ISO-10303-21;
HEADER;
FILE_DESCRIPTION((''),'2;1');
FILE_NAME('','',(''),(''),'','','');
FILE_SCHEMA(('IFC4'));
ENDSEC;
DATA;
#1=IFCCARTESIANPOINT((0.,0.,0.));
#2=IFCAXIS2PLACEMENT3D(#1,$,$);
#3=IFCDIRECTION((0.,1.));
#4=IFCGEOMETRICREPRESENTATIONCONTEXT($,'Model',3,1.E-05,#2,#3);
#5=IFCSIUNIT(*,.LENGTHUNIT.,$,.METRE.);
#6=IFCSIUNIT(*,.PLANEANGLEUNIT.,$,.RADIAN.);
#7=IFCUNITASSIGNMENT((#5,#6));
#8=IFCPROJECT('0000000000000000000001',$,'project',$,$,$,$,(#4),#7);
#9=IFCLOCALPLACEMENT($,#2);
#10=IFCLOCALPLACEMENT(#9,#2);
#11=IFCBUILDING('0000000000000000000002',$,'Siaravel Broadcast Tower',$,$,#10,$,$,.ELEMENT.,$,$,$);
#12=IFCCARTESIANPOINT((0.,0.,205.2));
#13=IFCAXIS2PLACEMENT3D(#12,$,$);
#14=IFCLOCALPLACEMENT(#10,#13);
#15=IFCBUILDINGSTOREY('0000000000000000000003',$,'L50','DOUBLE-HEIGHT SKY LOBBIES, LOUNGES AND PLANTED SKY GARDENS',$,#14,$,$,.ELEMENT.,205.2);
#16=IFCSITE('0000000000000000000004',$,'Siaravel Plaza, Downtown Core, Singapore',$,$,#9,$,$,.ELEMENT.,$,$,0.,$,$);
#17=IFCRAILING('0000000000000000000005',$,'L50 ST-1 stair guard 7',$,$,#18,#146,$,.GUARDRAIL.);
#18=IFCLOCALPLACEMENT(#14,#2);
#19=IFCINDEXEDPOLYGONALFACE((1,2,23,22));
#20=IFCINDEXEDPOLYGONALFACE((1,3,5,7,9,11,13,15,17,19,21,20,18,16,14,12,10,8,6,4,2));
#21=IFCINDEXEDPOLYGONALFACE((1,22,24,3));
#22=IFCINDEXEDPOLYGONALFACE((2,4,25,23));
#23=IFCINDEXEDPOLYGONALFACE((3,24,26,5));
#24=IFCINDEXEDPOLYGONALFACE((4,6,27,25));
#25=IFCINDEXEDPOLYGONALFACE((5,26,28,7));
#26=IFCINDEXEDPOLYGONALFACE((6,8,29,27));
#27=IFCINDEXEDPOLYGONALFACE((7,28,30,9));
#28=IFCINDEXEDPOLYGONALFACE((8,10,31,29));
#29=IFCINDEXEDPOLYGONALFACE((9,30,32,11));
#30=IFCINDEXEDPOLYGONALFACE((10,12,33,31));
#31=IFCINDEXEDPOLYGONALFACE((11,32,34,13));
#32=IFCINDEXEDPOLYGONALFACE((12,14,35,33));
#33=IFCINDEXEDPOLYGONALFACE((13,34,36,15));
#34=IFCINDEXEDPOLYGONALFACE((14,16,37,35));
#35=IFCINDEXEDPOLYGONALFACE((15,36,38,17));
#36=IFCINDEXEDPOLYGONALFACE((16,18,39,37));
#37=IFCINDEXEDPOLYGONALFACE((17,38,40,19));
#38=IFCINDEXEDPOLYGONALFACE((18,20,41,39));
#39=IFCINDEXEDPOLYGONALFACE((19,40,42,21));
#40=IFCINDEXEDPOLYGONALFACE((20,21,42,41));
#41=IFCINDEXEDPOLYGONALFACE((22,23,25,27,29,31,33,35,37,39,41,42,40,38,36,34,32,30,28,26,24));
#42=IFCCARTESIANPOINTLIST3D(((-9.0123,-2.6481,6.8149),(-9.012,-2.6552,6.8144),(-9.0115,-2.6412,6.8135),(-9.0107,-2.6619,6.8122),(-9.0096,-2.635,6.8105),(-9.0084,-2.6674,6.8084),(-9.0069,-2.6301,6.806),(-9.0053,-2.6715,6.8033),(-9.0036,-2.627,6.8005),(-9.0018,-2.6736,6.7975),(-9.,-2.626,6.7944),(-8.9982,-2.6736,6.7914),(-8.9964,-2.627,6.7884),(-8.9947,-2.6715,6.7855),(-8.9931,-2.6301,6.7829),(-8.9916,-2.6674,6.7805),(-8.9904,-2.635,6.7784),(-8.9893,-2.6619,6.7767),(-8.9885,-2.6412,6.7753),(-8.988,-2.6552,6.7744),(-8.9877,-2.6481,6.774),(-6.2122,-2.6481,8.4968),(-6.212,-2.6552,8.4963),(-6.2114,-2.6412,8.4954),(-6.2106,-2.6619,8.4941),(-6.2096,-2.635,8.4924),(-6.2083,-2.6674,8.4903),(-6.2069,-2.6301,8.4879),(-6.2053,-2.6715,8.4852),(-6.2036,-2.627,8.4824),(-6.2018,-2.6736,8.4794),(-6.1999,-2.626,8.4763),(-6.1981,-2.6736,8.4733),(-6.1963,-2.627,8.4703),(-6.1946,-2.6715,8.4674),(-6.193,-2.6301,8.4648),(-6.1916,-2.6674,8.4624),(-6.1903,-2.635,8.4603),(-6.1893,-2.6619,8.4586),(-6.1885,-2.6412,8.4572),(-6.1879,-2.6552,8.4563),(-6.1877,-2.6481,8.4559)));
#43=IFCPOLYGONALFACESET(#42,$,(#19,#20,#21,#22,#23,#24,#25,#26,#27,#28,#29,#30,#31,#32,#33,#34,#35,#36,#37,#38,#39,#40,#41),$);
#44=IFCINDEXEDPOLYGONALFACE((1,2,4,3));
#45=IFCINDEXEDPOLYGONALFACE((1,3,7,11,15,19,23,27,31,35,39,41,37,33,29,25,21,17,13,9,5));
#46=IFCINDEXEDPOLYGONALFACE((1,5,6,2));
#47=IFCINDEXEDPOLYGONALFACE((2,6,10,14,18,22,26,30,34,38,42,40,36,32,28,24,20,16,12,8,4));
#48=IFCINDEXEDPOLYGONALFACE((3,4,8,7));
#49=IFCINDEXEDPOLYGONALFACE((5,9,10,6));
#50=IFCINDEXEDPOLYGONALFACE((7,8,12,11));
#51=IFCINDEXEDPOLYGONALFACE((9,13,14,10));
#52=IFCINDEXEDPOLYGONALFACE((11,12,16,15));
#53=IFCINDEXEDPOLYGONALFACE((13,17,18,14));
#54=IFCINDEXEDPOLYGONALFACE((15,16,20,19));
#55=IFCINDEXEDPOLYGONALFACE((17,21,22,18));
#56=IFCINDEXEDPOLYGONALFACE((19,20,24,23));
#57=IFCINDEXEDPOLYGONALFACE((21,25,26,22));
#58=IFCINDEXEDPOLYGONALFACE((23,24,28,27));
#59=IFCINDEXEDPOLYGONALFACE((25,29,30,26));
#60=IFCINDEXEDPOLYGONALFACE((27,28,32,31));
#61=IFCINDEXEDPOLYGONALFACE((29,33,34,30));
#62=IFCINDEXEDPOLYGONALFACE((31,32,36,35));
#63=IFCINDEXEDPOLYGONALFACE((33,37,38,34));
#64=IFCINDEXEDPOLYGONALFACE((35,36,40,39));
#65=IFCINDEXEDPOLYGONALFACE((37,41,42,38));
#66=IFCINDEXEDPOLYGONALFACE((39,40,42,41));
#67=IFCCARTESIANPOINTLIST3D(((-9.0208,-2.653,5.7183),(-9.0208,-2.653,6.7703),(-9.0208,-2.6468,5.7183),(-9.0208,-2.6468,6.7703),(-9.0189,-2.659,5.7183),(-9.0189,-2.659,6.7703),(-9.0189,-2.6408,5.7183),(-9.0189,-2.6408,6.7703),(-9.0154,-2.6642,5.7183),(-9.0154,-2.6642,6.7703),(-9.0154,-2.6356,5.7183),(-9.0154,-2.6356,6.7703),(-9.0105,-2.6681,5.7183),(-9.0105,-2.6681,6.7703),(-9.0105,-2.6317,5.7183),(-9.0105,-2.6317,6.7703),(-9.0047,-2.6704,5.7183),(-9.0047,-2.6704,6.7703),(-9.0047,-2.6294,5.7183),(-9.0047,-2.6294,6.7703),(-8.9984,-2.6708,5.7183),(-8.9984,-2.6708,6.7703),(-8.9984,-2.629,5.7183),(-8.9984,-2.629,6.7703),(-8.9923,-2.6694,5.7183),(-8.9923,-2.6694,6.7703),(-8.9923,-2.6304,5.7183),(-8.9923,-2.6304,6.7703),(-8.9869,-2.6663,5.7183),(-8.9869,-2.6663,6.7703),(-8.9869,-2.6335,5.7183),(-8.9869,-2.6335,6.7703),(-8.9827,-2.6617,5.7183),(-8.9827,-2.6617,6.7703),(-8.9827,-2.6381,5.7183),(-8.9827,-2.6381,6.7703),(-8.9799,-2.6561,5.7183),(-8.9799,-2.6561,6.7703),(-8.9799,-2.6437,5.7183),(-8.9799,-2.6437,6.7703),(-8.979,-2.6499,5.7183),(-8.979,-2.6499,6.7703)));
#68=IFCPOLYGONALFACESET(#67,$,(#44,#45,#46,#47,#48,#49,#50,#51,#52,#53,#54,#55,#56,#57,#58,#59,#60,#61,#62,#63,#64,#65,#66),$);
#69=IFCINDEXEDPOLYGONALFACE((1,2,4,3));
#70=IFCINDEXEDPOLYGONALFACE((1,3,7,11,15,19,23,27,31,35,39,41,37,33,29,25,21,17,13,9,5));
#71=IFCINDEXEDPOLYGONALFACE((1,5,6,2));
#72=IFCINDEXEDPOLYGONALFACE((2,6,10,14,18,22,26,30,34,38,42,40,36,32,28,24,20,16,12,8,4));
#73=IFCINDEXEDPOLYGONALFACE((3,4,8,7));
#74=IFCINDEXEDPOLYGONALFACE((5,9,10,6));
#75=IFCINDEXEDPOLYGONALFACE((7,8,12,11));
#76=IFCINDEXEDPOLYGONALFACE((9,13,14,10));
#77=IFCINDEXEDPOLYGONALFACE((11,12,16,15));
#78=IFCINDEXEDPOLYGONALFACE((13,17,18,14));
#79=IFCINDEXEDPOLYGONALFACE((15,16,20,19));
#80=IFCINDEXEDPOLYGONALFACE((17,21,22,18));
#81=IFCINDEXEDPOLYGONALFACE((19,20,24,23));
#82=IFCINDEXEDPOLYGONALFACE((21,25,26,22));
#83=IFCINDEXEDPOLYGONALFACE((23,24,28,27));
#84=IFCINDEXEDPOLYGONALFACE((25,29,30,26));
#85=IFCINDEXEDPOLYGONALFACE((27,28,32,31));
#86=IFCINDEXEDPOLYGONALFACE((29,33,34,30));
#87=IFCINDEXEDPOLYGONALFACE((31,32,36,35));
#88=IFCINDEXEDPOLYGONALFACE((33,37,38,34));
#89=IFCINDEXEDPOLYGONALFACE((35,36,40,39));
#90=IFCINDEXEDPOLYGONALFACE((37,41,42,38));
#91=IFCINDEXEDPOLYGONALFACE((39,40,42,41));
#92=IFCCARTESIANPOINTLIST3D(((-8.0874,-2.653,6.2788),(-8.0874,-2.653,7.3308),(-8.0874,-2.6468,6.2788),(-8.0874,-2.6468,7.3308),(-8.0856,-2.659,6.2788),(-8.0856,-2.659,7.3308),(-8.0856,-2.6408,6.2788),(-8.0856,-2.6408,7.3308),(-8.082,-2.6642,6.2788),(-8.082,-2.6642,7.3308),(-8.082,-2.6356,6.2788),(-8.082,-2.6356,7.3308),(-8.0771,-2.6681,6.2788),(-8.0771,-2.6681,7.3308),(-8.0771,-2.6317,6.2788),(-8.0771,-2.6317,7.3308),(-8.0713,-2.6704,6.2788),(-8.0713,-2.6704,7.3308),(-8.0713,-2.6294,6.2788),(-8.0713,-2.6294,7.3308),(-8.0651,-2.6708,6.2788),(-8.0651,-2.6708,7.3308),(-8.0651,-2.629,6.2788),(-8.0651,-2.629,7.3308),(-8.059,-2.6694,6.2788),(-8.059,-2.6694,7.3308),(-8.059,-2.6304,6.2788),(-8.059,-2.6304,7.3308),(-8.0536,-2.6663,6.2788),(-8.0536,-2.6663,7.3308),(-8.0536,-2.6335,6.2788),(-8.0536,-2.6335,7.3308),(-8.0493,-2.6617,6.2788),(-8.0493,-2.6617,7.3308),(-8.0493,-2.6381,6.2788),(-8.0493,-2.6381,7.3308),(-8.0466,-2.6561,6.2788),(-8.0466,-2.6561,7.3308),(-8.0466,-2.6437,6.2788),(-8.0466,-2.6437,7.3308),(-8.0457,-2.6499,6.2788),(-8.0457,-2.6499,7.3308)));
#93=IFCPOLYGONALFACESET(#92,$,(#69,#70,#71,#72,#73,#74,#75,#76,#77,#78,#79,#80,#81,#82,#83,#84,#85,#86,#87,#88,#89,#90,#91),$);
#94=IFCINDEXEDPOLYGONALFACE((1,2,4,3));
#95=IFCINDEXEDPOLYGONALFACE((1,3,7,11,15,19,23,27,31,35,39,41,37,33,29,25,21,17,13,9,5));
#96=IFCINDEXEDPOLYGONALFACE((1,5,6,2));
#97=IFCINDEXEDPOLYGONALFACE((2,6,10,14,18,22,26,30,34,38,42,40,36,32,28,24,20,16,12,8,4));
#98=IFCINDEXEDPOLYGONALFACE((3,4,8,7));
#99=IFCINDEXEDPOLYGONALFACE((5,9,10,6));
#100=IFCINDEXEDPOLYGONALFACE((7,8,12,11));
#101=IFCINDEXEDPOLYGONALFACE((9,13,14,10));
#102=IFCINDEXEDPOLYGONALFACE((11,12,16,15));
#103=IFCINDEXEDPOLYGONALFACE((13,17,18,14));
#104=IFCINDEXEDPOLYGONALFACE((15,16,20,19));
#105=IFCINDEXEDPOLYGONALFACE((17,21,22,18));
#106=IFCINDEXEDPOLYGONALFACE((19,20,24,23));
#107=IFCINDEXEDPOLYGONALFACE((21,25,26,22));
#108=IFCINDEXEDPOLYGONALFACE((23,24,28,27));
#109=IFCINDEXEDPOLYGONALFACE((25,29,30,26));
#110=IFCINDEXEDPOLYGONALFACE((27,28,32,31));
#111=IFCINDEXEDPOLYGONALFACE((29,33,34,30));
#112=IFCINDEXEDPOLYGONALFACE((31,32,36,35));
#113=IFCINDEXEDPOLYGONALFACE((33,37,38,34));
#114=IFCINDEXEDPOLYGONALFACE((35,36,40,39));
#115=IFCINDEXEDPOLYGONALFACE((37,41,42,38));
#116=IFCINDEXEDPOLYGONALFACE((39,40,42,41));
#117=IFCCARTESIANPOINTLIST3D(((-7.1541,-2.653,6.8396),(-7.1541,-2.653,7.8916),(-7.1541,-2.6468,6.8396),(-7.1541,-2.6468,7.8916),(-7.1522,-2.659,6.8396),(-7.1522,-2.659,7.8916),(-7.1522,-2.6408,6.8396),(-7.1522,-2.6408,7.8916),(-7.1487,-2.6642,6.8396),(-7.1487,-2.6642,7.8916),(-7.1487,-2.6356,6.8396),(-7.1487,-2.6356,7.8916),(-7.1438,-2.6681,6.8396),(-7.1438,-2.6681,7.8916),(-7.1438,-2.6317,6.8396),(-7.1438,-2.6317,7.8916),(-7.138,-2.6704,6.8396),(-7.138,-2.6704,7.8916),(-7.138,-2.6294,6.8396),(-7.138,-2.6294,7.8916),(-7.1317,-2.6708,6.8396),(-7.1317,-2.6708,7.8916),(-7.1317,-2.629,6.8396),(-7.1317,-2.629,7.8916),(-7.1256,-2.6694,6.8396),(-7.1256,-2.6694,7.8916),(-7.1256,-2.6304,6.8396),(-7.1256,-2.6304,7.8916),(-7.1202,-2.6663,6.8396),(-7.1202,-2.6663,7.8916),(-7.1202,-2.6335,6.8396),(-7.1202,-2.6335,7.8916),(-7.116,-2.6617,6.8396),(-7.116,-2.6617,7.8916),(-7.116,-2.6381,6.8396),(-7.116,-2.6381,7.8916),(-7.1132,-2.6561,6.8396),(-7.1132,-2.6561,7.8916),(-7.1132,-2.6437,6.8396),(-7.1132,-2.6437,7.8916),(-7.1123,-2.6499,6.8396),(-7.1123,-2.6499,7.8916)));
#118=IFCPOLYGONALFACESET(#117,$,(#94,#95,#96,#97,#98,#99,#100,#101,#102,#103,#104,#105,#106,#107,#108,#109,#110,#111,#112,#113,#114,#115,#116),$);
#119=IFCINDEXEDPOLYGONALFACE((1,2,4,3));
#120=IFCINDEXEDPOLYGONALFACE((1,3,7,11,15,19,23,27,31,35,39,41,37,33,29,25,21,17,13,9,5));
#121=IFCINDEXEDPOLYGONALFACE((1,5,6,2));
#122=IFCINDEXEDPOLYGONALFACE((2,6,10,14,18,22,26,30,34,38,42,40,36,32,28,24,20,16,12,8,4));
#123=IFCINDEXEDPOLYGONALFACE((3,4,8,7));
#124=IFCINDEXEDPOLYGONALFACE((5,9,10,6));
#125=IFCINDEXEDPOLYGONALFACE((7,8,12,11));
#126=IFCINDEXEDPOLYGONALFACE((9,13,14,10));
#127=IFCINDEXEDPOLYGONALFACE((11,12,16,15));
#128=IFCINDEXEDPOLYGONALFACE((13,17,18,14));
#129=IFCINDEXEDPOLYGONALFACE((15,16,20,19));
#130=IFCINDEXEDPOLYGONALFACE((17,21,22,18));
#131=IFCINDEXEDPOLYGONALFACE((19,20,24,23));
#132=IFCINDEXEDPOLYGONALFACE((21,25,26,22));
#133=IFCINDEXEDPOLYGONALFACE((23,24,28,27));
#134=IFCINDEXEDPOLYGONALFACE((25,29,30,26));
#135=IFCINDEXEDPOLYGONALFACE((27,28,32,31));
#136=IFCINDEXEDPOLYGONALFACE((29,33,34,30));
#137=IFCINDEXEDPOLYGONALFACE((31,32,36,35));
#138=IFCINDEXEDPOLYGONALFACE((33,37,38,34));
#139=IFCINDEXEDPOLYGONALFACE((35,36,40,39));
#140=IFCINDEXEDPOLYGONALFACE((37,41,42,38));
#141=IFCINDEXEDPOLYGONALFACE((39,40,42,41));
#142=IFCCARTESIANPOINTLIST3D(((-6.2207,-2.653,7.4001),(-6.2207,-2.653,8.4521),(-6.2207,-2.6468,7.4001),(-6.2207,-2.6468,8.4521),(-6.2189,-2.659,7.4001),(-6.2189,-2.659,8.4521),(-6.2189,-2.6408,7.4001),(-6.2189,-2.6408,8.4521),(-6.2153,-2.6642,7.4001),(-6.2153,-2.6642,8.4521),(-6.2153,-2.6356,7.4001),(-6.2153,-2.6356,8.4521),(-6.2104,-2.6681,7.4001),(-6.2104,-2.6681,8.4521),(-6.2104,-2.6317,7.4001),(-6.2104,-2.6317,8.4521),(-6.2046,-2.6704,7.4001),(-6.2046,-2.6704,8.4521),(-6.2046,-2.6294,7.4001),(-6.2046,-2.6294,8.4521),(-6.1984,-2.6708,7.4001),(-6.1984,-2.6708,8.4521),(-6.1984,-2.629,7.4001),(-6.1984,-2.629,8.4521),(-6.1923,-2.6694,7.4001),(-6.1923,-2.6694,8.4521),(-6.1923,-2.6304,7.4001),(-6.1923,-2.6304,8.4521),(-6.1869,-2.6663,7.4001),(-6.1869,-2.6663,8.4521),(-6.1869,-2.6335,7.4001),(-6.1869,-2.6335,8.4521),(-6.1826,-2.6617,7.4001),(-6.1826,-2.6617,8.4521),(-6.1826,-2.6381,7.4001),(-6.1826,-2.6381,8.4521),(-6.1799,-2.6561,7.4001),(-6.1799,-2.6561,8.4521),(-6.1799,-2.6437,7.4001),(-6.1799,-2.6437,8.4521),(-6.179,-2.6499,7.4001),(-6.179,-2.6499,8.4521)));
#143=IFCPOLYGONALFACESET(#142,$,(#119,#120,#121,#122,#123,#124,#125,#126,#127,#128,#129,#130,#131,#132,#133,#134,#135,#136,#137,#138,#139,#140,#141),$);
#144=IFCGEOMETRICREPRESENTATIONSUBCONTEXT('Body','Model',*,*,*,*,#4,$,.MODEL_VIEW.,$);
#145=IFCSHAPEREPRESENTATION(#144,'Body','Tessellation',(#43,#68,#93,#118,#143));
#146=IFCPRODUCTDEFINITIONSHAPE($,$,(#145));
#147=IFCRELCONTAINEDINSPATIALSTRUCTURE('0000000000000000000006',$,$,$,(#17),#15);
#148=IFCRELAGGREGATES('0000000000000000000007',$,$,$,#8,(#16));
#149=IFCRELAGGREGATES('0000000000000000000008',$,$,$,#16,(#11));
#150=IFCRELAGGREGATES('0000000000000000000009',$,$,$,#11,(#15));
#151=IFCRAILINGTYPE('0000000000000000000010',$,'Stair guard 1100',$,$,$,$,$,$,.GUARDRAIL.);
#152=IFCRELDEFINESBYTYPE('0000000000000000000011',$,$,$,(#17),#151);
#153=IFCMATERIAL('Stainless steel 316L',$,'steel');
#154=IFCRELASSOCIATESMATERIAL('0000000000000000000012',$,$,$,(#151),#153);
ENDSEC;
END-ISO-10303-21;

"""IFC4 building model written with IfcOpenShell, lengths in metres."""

from ifc_helpers import new_model, si_unit, direction, frame, origin, origin_2d, place, context, subcontext, project, spatial, circle, extrude, material, type_object, element, save


model = new_model("IFC4")

# Units and contexts
model_context = context("Model", 3, precision=1e-05, world=origin(), true_north=direction((0.0, 1.0)))
body_context = subcontext(model_context, "Body", "Model", "MODEL_VIEW")
ifc_project = project(units=[si_unit("LENGTHUNIT", "METRE"), si_unit("PLANEANGLEUNIT", "RADIAN")], contexts=[model_context])

# Site, building, storey
site_placement = place(None, origin())
site = spatial("IfcSite", under=ifc_project, at=site_placement, Name="Siaravel Plaza, Downtown Core, Singapore", CompositionType="ELEMENT", RefElevation=0.0)
building_placement = place(site_placement, origin())
building = spatial("IfcBuilding", under=site, at=building_placement, Name="Siaravel Broadcast Tower", CompositionType="ELEMENT")
storey_placement = place(building_placement, frame((0.0, 0.0, 205.2)))
storey = spatial("IfcBuildingStorey", under=building, at=storey_placement, Name="L50", Description="DOUBLE-HEIGHT SKY LOBBIES, LOUNGES AND PLANTED SKY GARDENS", CompositionType="ELEMENT", Elevation=205.2)

# Shared definitions
ifc_material_1 = material(Name="Stainless steel 316L", Category="steel")

# Railing
railing_type_1 = type_object("IfcRailingType", Name="Stair guard 1100", PredefinedType="GUARDRAIL", material=ifc_material_1)
railing_1_placement = place(storey_placement, frame((-9.0, -2.6499, 5.7183)))
element("IfcRailing", 1, at=railing_1_placement, inside=storey, type_object=railing_type_1, Name="L50 ST-1 stair guard 7", PredefinedType="GUARDRAIL", context=body_context, shape_type="SweptSolid", body=[
    extrude(circle(Radius=0.0239, at=origin_2d()), frame((0.0, 0.0, 1.0762), z_axis=(0.857242, 0.0, 0.514913), x_axis=(0.0, 1.0, 0.0)), (0.0, 0.0, 1.0), 3.2664),
    extrude(circle(Radius=0.021, at=origin_2d()), origin(), (0.0, 0.0, 1.0), 1.052),
    extrude(circle(Radius=0.021, at=origin_2d()), frame((0.9333, 0.0, 0.5605)), (0.0, 0.0, 1.0), 1.052),
    extrude(circle(Radius=0.021, at=origin_2d()), frame((1.8667, 0.0, 1.1213)), (0.0, 0.0, 1.0), 1.052),
    extrude(circle(Radius=0.021, at=origin_2d()), frame((2.8, 0.0, 1.6819)), (0.0, 0.0, 1.0), 1.052),
])

save(model, "model.ifc")
